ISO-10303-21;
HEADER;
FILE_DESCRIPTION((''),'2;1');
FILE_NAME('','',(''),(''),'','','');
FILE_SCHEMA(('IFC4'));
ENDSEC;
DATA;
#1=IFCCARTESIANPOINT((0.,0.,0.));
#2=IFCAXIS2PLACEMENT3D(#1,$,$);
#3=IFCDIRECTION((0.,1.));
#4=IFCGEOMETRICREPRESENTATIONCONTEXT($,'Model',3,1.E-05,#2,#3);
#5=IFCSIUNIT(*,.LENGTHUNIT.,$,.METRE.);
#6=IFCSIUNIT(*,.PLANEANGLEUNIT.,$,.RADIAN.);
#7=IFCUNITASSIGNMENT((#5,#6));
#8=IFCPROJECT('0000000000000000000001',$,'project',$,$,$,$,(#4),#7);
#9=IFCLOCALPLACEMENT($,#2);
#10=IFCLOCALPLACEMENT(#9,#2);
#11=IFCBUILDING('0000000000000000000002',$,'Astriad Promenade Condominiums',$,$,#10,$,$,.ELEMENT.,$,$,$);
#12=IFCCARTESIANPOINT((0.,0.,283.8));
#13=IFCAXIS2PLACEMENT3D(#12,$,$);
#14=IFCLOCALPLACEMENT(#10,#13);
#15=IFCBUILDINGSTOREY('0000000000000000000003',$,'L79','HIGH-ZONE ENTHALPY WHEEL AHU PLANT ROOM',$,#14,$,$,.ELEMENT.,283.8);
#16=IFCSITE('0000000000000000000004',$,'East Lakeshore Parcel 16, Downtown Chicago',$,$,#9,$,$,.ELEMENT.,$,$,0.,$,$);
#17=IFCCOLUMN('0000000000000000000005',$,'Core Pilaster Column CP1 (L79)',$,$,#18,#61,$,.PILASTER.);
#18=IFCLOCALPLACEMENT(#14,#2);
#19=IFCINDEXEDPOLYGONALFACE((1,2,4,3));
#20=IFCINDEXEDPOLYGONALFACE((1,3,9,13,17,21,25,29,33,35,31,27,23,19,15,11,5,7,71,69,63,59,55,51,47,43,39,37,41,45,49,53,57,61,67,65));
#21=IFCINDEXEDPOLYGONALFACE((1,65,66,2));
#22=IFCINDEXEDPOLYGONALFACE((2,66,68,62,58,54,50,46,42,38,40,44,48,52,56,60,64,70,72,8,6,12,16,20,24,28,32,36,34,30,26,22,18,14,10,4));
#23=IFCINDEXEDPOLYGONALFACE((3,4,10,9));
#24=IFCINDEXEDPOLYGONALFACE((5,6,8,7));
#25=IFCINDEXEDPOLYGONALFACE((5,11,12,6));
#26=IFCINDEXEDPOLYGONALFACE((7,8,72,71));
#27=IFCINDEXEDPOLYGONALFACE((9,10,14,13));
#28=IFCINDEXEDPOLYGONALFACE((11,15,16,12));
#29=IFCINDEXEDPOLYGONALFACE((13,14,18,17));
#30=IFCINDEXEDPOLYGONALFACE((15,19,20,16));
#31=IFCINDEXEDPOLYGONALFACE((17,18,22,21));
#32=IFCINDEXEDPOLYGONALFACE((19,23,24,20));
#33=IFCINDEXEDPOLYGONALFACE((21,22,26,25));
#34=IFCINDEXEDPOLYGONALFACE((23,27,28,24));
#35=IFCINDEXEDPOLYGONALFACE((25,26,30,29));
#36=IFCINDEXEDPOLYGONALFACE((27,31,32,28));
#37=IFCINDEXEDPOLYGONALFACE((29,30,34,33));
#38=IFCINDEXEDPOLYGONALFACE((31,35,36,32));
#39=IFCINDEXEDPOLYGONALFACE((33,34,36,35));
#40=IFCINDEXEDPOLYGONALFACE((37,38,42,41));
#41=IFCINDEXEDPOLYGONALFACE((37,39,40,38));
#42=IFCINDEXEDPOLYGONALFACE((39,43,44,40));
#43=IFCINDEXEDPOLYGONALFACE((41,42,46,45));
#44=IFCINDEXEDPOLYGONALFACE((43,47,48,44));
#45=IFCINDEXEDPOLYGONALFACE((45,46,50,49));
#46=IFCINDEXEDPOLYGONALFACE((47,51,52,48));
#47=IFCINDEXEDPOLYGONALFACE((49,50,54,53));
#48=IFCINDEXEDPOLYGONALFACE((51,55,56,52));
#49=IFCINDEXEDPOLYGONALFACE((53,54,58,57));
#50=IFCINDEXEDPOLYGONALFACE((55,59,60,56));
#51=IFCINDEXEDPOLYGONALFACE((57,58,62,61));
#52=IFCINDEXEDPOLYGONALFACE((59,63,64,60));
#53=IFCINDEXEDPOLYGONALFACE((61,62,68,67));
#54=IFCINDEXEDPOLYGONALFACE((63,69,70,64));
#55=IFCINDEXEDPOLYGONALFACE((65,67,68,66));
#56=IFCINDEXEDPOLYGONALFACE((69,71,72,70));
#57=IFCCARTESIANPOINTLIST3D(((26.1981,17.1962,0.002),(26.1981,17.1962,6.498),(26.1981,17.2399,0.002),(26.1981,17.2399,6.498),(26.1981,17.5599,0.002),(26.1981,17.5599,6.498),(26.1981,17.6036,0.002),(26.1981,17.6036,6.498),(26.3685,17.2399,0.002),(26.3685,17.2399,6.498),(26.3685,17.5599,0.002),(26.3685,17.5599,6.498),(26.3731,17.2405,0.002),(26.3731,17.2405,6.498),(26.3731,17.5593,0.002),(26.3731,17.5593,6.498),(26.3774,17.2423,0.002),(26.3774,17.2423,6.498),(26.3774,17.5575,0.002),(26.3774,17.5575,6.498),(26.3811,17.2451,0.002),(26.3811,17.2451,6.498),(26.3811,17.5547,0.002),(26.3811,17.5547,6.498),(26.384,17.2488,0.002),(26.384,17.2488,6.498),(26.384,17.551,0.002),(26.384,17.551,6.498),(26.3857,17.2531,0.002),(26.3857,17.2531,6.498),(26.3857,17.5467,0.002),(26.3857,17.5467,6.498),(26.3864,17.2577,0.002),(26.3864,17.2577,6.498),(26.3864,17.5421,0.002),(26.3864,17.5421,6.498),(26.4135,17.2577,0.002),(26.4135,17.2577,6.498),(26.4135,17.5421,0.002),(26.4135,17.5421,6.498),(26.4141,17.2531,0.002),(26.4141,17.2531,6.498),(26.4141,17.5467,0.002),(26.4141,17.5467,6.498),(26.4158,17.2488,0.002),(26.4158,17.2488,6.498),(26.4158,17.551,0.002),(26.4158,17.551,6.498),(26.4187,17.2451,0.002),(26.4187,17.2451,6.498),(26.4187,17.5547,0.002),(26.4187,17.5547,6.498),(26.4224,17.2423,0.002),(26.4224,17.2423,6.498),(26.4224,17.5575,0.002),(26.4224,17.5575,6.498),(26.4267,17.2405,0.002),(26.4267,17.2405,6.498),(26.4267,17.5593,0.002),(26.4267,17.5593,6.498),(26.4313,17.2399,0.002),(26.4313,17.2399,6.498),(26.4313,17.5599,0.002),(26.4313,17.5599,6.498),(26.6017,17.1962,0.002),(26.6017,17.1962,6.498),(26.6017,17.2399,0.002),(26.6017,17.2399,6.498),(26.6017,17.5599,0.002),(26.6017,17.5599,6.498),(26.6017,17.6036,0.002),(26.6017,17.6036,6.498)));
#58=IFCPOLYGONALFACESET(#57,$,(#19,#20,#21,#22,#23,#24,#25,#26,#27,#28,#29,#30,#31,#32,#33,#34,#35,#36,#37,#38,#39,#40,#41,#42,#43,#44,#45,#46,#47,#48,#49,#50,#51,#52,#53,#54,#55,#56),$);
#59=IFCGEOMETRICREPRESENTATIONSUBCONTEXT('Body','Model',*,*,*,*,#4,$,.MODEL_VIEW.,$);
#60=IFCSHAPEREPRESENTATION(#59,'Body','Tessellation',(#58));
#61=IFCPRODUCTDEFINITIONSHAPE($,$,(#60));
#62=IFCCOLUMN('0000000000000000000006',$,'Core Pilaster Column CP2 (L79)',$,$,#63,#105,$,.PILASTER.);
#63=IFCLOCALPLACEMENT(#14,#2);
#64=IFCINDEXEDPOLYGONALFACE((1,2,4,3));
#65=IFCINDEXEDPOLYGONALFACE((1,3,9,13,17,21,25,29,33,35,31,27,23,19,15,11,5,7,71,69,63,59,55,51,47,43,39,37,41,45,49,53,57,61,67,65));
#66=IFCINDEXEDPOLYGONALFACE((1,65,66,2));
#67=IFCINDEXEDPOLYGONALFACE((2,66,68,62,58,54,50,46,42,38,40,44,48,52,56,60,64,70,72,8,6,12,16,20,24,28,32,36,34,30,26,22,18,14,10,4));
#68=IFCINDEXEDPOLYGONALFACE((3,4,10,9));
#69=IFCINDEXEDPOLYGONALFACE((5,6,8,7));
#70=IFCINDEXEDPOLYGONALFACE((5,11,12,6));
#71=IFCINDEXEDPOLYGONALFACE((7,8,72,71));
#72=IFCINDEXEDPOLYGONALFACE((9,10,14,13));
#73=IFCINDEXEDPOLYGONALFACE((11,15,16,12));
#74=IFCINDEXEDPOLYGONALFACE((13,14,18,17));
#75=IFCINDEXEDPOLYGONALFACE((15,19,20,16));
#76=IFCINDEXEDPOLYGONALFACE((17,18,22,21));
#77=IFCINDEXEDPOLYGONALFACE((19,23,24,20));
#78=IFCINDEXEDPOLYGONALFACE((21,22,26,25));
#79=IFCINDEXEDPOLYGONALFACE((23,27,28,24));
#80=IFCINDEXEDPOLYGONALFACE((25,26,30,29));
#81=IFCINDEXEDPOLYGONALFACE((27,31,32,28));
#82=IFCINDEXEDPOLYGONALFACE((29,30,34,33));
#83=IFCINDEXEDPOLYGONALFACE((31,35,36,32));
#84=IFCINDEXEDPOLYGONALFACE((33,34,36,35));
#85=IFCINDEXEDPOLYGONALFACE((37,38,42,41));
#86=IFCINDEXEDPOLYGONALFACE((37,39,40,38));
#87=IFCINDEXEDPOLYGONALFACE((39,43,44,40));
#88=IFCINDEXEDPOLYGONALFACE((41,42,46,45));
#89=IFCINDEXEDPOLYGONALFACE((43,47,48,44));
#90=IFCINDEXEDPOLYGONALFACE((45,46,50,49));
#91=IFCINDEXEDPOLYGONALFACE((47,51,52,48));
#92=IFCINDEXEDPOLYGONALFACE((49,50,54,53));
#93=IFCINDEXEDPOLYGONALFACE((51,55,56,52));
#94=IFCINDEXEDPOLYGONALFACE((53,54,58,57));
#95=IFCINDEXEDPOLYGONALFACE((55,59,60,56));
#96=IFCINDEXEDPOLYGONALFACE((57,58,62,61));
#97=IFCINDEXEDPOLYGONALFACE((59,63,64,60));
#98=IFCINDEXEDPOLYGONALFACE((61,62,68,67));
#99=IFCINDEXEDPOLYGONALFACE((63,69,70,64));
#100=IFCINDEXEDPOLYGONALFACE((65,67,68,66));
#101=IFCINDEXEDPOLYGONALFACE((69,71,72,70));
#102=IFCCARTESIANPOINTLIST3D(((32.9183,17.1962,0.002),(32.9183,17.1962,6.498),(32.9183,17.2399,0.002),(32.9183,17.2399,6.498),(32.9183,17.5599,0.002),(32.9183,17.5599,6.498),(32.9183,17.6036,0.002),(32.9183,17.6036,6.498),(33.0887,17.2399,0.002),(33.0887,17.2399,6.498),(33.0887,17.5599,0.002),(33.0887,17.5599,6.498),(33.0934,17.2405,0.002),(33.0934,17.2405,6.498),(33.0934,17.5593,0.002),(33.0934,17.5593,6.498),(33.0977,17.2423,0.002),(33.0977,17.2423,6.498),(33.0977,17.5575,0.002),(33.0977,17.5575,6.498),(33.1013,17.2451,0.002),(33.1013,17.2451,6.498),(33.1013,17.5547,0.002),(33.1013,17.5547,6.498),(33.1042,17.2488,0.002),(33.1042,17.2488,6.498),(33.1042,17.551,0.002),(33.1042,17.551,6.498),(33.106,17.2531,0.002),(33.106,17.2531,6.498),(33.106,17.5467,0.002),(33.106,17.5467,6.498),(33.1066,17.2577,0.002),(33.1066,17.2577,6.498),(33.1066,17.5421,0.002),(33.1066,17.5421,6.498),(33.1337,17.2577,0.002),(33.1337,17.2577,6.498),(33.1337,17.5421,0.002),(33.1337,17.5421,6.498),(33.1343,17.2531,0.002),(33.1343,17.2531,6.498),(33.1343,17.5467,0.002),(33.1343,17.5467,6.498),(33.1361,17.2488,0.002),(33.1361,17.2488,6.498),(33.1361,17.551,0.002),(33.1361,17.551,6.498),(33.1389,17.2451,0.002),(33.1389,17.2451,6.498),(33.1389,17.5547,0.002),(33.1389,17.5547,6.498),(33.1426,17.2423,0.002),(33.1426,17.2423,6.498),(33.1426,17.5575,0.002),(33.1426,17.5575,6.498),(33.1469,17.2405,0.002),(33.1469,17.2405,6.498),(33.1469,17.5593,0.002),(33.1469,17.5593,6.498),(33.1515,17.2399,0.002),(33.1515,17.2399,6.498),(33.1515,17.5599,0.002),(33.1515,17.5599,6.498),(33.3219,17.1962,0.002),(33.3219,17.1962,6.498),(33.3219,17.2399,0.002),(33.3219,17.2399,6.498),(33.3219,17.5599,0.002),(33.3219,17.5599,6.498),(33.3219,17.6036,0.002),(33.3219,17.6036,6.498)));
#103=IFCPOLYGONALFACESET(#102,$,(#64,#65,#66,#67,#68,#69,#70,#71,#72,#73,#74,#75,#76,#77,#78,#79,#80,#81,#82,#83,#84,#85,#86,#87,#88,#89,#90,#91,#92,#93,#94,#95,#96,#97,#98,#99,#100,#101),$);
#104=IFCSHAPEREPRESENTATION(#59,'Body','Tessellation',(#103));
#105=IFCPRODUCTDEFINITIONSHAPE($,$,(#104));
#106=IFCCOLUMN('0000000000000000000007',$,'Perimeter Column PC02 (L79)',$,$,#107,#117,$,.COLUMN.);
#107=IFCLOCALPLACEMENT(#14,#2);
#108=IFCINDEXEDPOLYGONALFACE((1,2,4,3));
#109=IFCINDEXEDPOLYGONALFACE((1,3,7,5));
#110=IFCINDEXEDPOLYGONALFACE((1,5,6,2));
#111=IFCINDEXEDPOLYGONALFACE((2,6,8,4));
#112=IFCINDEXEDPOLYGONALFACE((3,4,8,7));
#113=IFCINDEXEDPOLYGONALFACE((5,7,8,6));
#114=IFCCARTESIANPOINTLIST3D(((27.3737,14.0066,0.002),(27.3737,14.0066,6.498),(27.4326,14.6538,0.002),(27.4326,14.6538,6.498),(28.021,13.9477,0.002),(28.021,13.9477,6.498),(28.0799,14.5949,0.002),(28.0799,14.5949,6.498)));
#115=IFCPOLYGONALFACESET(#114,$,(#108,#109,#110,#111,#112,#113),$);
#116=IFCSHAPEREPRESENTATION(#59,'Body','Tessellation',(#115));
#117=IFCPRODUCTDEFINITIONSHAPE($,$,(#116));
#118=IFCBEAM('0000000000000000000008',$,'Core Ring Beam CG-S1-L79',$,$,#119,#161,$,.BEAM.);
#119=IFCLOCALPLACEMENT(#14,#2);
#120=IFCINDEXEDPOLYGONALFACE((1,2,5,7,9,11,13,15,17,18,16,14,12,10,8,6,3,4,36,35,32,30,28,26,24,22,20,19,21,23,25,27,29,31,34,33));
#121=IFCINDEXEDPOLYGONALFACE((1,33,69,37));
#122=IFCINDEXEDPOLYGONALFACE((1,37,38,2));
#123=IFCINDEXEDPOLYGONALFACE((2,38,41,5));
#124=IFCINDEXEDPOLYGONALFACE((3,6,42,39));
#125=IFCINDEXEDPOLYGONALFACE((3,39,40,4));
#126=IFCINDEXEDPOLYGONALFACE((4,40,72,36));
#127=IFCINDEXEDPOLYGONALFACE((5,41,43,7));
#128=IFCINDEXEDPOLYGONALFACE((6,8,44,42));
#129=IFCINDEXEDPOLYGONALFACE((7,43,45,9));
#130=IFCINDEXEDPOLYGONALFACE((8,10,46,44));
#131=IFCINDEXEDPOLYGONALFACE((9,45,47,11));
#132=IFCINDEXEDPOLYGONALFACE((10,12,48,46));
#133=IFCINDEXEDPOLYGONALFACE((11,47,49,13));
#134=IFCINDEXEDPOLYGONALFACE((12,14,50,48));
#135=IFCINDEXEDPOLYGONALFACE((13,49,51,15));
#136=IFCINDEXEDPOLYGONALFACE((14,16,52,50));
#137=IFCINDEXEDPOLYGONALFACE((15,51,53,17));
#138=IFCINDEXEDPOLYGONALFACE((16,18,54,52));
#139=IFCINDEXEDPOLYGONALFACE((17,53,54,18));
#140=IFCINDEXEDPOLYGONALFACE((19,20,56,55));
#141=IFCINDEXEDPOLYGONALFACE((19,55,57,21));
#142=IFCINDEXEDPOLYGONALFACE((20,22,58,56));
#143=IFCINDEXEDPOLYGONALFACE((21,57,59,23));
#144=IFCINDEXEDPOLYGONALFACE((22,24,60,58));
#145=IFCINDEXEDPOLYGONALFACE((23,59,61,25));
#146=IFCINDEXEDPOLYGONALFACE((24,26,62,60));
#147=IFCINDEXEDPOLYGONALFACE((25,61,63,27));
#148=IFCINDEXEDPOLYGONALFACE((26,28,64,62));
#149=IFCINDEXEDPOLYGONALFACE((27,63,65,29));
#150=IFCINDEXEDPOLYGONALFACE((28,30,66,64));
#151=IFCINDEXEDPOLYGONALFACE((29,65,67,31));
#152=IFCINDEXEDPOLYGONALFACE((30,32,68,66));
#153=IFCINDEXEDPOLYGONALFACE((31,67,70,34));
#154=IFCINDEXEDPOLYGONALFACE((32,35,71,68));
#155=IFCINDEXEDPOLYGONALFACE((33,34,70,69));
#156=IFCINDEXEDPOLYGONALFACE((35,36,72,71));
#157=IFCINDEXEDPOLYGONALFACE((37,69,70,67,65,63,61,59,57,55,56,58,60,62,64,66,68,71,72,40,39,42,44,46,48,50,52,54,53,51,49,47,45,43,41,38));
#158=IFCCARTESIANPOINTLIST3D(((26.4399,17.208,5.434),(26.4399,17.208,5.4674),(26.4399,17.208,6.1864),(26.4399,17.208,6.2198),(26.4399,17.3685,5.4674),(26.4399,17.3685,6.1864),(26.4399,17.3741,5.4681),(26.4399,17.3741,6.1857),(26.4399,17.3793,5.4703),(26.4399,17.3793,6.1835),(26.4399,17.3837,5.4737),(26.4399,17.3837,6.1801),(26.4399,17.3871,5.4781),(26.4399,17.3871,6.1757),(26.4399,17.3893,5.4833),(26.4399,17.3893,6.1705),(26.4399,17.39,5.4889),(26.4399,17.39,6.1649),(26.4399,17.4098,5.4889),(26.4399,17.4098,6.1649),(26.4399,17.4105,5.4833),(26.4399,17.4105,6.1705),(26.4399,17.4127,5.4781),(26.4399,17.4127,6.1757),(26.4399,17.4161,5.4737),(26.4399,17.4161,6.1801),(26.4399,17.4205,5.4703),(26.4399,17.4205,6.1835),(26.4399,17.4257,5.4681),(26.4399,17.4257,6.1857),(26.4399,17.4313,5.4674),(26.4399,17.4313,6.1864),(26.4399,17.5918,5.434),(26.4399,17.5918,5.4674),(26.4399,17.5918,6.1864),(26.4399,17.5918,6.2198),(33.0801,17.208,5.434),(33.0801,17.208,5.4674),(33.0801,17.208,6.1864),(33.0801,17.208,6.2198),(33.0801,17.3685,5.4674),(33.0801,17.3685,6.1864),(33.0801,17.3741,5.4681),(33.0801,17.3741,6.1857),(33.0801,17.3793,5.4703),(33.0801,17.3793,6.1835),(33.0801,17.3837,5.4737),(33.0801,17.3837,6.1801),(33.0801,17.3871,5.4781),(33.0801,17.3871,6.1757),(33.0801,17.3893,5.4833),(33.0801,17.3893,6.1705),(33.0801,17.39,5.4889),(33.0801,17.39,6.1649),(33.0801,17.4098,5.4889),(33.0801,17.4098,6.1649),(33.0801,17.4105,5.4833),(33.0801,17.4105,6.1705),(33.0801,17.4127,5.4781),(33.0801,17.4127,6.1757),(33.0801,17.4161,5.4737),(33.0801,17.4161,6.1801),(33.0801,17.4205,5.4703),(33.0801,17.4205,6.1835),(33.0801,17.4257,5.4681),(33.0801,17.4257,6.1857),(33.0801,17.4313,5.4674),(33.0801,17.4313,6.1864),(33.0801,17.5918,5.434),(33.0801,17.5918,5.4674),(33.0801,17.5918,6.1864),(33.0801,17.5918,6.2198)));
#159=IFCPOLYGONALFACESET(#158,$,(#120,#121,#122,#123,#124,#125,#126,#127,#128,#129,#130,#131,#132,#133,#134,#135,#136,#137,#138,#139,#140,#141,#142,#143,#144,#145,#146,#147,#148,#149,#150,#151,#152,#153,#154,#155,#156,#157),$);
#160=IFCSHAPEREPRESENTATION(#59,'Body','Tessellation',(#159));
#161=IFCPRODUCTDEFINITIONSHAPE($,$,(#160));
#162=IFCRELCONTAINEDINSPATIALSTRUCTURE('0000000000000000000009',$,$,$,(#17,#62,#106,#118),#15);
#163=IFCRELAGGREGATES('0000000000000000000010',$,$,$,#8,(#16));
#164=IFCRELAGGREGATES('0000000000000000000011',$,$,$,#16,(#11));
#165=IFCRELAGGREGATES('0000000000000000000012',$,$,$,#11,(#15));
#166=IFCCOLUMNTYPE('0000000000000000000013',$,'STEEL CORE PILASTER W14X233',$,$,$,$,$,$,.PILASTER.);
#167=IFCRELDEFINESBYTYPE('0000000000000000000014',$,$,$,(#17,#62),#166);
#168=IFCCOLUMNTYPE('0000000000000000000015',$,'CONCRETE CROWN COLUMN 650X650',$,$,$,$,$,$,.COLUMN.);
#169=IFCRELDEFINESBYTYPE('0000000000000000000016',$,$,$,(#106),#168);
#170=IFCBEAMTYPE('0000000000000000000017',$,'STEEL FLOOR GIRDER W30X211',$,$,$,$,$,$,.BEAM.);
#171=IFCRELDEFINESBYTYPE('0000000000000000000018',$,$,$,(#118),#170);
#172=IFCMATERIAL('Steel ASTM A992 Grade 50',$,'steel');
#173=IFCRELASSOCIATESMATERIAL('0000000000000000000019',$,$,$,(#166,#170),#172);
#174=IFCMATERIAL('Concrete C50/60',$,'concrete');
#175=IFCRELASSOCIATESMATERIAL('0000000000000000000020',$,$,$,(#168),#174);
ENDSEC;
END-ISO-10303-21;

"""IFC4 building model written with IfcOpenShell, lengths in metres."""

from ifc_helpers import new_model, si_unit, direction, frame, origin, origin_2d, place, context, subcontext, project, spatial, rectangle, i_section, extrude, source, transform, mapped, material, material_profile, profile_set, type_object, type_shapes, element, save


model = new_model("IFC4")

# Units and contexts
model_context = context("Model", 3, precision=1e-05, world=origin(), true_north=direction((0.0, 1.0)))
body_context = subcontext(model_context, "Body", "Model", "MODEL_VIEW")
ifc_project = project(units=[si_unit("LENGTHUNIT", "METRE"), si_unit("PLANEANGLEUNIT", "RADIAN")], contexts=[model_context])

# Site, building, storey
site_placement = place(None, origin())
site = spatial("IfcSite", under=ifc_project, at=site_placement, Name="East Lakeshore Parcel 16, Downtown Chicago", CompositionType="ELEMENT", RefElevation=0.0)
building_placement = place(site_placement, origin())
building = spatial("IfcBuilding", under=site, at=building_placement, Name="Astriad Promenade Condominiums", CompositionType="ELEMENT")
storey_placement = place(building_placement, frame((0.0, 0.0, 283.8)))
storey = spatial("IfcBuildingStorey", under=building, at=storey_placement, Name="L79", Description="HIGH-ZONE ENTHALPY WHEEL AHU PLANT ROOM", CompositionType="ELEMENT", Elevation=283.8)

# Columns
ifc_material_1 = material(Name="Steel ASTM A992 Grade 50", Category="steel")
ifc_material_profile_1 = material_profile(ifc_material_1, i_section(OverallWidth=0.4036, OverallDepth=0.4075, WebThickness=0.0271, FlangeThickness=0.0437, FilletRadius=0.0178, at=origin_2d()), Name="W14X233")
ifc_profile_set_1 = profile_set([ifc_material_profile_1], Name="Steel ASTM A992 Grade 50")
column_type_1 = type_object("IfcColumnType", Name="STEEL CORE PILASTER W14X233", PredefinedType="PILASTER", material=ifc_profile_set_1)
shared_shape_1 = source(origin(), body_context, "Body", "SweptSolid", [
    extrude(i_section(OverallWidth=0.4036, OverallDepth=0.4075, WebThickness=0.0271, FlangeThickness=0.0437, FilletRadius=0.0178, at=origin_2d()), origin(), (0.0, 0.0, 1.0), 6.4961),
])
type_shapes(column_type_1, [shared_shape_1])
for number, where, z_axis, x_axis, name in (
    (1, (26.3999, 17.3999, 0.002), (0.0, 0.0, 1.0), (1.0, 0.0, 0.0), "Core Pilaster Column CP1 (L79)"),
    (2, (33.1201, 17.3999, 0.002), (0.0, 0.0, 1.0), (1.0, 0.0, 0.0), "Core Pilaster Column CP2 (L79)"),
):
    element("IfcColumn", number, at=place(storey_placement, frame(where, z_axis=z_axis, x_axis=x_axis)), inside=storey, type_object=column_type_1, Name=name, PredefinedType="PILASTER", context=body_context, shape_type="MappedRepresentation", body=[
        mapped(shared_shape_1, transform((0.0, 0.0, 0.0), scale=1.0)),
    ])
ifc_material_2 = material(Name="Concrete C50/60", Category="concrete")
ifc_material_profile_2 = material_profile(ifc_material_2, rectangle(XDim=0.6499, YDim=0.6499, at=origin_2d()), Name="RC-COL-650X650")
ifc_profile_set_2 = profile_set([ifc_material_profile_2], Name="Concrete C50/60")
column_type_2 = type_object("IfcColumnType", Name="CONCRETE CROWN COLUMN 650X650", PredefinedType="COLUMN", material=ifc_profile_set_2)
shared_shape_2 = source(origin(), body_context, "Body", "SweptSolid", [
    extrude(rectangle(XDim=0.6499, YDim=0.6499, at=origin_2d()), origin(), (0.0, 0.0, 1.0), 6.4961),
])
type_shapes(column_type_2, [shared_shape_2])
column_placement = place(storey_placement, frame((27.7268, 14.3008, 0.002), z_axis=(0.0, 0.0, 1.0), x_axis=(0.995884, -0.090633, 0.0)))
element("IfcColumn", 3, at=column_placement, inside=storey, type_object=column_type_2, Name="Perimeter Column PC02 (L79)", PredefinedType="COLUMN", context=body_context, shape_type="MappedRepresentation", body=[
    mapped(shared_shape_2, transform((0.0, 0.0, 0.0), scale=1.0)),
])

# Beam
ifc_material_profile_3 = material_profile(ifc_material_1, i_section(OverallWidth=0.3838, OverallDepth=0.7859, WebThickness=0.0198, FlangeThickness=0.0334, FilletRadius=0.0215, at=origin_2d()), Name="W30X211")
ifc_profile_set_3 = profile_set([ifc_material_profile_3], Name="Steel ASTM A992 Grade 50")
beam_type_1 = type_object("IfcBeamType", Name="STEEL FLOOR GIRDER W30X211", PredefinedType="BEAM", material=ifc_profile_set_3)
shared_shape_3 = source(origin(), body_context, "Body", "SweptSolid", [
    extrude(i_section(OverallWidth=0.3838, OverallDepth=0.7859, WebThickness=0.0198, FlangeThickness=0.0334, FilletRadius=0.0215, at=origin_2d()), origin(), (0.0, 0.0, 1.0), 6.6401),
])
type_shapes(beam_type_1, [shared_shape_3])
beam_1_placement = place(storey_placement, frame((26.4399, 17.3999, 5.8269), z_axis=(1.0, 0.0, 0.0), x_axis=(0.0, 1.0, 0.0)))
element("IfcBeam", 4, at=beam_1_placement, inside=storey, type_object=beam_type_1, Name="Core Ring Beam CG-S1-L79", PredefinedType="BEAM", context=body_context, shape_type="MappedRepresentation", body=[
    mapped(shared_shape_3, transform((0.0, 0.0, 0.0), scale=1.0)),
])

save(model, "model.ifc")
